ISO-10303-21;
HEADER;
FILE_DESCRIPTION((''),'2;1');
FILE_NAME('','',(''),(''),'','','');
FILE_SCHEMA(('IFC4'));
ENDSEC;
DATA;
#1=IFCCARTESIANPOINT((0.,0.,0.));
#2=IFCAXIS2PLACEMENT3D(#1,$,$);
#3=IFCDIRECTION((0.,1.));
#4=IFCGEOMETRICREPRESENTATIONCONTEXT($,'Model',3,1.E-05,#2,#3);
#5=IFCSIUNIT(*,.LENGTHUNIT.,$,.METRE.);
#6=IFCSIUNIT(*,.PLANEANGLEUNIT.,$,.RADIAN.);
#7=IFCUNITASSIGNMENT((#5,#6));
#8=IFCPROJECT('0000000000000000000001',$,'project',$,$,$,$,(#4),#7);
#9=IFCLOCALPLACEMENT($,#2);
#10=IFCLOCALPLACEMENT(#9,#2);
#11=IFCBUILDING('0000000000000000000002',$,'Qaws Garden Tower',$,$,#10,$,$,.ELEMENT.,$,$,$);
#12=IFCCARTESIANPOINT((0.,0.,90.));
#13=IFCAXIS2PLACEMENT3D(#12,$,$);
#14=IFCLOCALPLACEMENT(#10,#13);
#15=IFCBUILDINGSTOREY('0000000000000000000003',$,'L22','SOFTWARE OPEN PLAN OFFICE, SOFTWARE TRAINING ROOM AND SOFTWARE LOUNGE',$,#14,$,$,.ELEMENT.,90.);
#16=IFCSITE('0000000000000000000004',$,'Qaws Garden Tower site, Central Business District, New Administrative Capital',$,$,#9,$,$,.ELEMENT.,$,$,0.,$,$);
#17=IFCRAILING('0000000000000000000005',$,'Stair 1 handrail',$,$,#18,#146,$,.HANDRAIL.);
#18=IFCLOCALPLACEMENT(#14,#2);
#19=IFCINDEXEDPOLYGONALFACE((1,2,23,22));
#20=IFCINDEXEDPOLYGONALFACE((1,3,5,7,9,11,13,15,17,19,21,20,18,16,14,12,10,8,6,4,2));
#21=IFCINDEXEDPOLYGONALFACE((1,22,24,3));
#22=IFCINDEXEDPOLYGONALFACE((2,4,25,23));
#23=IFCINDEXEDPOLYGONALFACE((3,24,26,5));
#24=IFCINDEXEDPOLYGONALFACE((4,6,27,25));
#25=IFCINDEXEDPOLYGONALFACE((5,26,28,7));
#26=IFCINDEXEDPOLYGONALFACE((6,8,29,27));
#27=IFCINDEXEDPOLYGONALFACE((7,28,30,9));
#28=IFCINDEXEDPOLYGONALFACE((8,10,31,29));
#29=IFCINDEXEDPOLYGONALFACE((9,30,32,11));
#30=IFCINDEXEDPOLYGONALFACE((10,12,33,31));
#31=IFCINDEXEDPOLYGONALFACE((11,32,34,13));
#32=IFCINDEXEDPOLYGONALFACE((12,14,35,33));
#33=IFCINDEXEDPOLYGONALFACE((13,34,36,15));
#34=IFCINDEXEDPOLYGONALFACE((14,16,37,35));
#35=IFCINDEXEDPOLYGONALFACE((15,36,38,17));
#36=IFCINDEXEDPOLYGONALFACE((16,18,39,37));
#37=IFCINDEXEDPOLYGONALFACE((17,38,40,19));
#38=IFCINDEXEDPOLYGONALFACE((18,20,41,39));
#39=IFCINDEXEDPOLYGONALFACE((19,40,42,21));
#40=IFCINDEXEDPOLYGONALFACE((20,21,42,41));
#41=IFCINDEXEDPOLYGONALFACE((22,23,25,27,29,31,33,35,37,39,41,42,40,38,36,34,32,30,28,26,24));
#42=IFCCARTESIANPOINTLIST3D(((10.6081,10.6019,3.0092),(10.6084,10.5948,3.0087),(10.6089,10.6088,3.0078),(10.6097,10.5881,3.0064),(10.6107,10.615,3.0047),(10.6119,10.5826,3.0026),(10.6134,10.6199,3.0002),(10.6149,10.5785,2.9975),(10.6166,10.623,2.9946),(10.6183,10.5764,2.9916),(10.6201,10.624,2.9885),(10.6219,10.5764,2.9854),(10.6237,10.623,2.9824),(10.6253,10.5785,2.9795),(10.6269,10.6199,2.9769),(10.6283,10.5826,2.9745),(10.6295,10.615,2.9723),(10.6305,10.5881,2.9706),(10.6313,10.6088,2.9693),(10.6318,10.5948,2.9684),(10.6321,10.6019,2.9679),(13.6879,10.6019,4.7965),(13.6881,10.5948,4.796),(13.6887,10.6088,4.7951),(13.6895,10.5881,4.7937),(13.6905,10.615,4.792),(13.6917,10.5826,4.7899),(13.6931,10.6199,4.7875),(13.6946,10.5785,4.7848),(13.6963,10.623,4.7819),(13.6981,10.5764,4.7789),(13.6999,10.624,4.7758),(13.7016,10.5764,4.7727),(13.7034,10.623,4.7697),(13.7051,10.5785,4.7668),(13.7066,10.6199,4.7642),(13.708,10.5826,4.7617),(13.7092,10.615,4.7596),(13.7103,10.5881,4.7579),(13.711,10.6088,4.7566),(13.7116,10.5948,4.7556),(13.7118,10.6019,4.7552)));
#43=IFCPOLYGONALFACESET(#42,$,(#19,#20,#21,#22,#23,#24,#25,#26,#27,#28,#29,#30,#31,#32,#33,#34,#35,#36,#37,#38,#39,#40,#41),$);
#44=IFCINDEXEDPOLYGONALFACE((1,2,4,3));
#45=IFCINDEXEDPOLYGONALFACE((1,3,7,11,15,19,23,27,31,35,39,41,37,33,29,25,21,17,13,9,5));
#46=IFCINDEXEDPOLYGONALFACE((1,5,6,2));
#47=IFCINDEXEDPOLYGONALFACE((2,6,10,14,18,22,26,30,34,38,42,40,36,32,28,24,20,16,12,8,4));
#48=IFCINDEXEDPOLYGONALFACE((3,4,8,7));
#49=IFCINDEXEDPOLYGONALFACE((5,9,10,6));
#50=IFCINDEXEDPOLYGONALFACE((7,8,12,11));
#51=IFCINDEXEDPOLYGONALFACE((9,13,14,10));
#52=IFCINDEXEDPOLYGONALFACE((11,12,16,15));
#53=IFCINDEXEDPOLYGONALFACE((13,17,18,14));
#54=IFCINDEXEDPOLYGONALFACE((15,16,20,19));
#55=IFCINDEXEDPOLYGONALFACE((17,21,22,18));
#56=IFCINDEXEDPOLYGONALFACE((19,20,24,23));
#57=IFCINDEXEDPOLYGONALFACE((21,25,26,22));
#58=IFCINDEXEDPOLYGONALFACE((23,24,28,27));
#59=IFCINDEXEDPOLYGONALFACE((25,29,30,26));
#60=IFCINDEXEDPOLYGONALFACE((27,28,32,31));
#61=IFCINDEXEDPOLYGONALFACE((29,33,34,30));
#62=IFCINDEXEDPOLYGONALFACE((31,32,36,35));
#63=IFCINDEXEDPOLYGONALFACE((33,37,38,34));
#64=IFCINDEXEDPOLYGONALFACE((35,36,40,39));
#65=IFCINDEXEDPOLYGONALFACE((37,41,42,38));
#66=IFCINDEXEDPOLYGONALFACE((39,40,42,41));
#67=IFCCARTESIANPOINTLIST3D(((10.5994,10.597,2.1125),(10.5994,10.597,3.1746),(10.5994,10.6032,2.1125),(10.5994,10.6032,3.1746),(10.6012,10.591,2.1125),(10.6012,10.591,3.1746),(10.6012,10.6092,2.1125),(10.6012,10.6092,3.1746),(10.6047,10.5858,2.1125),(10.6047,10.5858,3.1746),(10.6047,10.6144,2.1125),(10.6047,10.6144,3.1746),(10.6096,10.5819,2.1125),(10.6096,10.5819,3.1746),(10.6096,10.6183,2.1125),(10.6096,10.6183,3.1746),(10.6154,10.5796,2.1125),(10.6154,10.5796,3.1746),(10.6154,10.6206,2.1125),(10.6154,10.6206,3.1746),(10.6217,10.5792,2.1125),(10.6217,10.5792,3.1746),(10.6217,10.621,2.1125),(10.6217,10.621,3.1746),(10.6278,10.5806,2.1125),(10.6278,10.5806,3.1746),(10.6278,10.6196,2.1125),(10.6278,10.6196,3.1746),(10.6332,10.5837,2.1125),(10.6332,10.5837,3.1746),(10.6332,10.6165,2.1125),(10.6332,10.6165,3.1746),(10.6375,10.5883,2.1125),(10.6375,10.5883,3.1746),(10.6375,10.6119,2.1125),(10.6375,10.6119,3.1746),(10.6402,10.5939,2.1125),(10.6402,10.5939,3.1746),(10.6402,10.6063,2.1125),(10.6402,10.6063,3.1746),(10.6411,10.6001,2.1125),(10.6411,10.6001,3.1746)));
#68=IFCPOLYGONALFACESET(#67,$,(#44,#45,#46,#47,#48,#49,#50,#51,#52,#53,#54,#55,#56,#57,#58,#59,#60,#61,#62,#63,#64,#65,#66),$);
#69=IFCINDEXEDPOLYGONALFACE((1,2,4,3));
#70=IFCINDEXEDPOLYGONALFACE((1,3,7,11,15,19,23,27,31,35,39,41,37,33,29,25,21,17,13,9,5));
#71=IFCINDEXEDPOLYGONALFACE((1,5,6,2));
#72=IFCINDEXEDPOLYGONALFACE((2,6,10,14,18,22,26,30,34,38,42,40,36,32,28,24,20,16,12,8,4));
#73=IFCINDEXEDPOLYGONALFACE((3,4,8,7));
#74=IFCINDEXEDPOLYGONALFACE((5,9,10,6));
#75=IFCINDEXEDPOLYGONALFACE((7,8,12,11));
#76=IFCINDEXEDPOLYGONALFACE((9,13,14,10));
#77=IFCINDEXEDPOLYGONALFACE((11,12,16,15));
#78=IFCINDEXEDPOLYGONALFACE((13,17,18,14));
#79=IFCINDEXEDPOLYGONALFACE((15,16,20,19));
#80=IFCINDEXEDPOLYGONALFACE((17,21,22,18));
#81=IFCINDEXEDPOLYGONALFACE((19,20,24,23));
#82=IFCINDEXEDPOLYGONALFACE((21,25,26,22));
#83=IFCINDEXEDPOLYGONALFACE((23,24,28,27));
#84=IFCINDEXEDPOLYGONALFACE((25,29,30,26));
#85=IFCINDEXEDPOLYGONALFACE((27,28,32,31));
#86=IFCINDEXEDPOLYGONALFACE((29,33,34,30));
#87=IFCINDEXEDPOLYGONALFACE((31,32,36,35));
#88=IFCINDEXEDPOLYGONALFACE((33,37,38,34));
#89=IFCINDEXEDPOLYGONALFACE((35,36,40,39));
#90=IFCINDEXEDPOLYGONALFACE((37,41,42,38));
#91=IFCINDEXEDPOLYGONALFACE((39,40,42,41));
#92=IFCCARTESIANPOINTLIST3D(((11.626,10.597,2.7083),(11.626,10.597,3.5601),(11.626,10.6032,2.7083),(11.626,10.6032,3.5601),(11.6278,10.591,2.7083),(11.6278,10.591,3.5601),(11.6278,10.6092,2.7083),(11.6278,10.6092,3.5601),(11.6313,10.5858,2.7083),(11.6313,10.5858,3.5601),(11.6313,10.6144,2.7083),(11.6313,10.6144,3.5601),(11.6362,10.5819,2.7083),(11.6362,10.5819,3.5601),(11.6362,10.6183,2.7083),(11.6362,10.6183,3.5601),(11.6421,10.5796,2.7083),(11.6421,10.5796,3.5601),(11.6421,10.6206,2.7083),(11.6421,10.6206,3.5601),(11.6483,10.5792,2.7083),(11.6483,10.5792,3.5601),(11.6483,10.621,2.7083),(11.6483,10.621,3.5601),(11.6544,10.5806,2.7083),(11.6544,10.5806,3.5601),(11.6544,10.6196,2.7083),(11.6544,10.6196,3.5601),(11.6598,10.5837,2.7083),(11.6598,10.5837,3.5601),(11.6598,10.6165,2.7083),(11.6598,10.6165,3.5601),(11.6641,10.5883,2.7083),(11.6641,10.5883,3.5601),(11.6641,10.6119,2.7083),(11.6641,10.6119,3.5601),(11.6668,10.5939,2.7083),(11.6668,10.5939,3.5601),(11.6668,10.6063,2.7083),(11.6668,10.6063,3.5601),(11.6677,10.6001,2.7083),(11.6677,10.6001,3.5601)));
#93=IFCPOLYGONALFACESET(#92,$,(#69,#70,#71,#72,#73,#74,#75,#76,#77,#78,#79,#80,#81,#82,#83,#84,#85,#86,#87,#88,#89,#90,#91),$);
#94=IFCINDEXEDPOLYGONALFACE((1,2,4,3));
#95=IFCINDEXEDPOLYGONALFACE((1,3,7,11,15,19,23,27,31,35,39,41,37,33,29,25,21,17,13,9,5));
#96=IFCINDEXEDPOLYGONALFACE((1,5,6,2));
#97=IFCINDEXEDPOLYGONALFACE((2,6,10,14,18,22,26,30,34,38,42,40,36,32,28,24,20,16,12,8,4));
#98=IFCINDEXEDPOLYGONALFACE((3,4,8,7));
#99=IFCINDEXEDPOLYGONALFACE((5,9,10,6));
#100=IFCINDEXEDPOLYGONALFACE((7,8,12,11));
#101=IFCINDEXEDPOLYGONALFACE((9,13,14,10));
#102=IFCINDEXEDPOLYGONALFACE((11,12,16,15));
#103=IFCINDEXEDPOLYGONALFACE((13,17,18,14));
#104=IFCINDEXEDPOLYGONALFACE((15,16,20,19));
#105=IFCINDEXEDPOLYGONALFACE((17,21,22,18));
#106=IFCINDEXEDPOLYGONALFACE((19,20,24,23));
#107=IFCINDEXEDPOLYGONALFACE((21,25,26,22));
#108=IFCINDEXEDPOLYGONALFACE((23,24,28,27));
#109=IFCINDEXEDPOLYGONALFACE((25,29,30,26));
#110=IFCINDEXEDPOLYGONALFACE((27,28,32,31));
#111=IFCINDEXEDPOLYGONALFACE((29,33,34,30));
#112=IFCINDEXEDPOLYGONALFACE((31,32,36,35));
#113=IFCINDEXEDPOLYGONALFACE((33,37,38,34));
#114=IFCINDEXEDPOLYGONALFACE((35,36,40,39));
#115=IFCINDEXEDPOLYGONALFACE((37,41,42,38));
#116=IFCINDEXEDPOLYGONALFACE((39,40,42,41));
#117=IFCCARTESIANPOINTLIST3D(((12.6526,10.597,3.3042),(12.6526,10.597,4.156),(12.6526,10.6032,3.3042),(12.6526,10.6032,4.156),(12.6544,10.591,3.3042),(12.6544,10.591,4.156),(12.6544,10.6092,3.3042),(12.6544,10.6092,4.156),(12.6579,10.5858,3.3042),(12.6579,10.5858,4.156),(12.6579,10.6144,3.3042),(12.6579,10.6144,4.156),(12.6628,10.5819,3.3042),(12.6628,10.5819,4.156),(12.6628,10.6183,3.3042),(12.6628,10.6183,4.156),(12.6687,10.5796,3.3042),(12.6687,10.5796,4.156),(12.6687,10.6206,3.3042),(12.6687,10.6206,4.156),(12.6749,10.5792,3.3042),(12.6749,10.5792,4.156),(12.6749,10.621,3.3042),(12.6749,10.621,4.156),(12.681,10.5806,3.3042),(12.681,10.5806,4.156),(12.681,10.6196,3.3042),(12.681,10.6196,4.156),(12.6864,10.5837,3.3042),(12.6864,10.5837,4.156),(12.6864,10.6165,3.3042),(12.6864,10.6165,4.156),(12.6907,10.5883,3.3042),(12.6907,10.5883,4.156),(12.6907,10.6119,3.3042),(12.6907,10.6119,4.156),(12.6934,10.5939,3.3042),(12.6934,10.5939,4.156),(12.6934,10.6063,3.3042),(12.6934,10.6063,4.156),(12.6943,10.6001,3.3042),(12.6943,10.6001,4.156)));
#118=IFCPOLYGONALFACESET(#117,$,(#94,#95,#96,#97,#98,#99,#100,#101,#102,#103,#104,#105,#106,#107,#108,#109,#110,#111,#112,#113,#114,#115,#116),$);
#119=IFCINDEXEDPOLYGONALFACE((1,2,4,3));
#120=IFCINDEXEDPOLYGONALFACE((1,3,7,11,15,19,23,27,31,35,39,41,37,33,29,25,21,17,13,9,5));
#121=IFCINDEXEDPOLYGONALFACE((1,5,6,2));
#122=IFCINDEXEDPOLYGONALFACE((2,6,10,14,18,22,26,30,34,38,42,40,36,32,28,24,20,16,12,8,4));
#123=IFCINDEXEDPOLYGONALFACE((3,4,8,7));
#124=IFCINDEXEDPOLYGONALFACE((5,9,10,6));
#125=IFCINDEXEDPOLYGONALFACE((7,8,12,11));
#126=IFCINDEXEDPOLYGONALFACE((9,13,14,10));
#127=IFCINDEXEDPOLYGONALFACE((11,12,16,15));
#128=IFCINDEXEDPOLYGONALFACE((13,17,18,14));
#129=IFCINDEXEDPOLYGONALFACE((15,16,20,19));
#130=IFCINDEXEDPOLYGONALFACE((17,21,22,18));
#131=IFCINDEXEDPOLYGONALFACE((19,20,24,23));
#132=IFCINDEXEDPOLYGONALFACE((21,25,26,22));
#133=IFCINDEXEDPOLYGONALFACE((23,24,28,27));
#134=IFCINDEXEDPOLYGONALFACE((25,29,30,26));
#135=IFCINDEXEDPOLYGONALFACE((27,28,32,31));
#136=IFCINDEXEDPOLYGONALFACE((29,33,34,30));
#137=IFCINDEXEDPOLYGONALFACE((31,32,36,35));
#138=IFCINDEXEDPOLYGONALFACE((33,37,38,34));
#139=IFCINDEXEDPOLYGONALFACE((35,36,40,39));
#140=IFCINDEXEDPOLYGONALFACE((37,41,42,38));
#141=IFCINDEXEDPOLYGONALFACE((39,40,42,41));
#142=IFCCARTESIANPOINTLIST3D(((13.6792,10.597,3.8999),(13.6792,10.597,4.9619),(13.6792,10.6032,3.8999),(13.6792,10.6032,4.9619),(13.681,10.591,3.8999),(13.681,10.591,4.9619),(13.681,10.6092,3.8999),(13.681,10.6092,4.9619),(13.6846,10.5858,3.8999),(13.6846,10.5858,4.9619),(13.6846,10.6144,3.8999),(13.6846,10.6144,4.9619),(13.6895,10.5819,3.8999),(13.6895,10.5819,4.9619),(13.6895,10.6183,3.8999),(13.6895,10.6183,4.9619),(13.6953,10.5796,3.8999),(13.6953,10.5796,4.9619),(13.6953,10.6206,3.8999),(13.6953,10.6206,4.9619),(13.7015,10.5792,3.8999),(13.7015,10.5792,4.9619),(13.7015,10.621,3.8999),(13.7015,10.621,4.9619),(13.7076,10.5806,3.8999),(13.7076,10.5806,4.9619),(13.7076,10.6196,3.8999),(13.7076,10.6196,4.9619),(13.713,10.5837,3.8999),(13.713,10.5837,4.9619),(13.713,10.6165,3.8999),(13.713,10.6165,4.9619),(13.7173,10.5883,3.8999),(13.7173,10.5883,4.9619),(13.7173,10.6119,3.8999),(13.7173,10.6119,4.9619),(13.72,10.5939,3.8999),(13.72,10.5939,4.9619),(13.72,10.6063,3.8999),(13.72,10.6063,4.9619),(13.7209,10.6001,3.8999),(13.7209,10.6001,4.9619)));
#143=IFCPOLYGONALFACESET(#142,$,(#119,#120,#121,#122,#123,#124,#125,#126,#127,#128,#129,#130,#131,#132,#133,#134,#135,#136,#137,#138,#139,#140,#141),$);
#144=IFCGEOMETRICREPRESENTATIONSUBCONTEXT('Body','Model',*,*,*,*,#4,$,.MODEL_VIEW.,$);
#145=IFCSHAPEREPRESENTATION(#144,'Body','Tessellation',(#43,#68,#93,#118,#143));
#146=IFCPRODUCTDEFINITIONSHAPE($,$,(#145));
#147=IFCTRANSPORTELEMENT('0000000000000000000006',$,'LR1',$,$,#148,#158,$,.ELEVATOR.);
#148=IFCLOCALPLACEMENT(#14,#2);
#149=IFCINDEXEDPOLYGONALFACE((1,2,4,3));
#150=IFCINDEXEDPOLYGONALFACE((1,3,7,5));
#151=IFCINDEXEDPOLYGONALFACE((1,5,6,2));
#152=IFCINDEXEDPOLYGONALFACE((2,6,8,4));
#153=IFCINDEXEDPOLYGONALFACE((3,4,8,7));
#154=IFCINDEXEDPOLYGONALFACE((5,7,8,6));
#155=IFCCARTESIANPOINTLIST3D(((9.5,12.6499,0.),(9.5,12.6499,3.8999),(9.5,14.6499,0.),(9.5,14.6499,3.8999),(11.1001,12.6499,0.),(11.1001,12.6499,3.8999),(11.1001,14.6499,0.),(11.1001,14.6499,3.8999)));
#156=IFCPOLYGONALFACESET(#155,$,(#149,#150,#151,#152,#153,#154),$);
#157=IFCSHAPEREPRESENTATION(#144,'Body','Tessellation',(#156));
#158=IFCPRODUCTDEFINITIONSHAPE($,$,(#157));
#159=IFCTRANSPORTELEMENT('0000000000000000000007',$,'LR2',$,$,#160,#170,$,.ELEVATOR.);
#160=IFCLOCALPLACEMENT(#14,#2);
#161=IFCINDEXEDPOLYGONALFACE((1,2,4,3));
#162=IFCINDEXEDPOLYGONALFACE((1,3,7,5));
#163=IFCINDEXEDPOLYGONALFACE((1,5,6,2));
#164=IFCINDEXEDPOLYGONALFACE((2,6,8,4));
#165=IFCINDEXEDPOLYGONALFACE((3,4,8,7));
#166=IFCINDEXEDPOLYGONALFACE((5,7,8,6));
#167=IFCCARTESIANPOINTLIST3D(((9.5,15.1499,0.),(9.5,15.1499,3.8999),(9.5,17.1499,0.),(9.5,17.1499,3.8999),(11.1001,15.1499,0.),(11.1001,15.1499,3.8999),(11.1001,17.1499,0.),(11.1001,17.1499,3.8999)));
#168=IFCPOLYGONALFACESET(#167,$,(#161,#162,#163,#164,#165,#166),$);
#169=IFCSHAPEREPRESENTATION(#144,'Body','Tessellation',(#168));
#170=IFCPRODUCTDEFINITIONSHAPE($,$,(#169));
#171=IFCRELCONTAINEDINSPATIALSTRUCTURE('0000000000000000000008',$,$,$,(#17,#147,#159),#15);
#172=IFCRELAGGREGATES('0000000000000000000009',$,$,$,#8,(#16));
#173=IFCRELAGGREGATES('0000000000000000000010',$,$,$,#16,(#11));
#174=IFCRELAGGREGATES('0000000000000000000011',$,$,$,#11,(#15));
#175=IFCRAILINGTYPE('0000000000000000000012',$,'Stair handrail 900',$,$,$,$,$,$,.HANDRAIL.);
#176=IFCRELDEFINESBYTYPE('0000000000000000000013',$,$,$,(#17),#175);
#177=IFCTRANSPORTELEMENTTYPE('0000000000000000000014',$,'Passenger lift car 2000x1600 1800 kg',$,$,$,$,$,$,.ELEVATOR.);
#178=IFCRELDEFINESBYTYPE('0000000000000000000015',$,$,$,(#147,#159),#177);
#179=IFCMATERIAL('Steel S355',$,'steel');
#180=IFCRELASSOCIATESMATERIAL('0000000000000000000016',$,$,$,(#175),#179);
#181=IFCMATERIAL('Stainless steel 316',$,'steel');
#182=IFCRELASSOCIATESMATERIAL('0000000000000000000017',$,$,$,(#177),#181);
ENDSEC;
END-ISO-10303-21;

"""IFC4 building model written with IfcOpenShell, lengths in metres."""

from ifc_helpers import new_model, si_unit, direction, frame, origin, origin_2d, place, context, subcontext, project, spatial, rectangle, circle, extrude, material, type_object, element, save


model = new_model("IFC4")

# Units and contexts
model_context = context("Model", 3, precision=1e-05, world=origin(), true_north=direction((0.0, 1.0)))
body_context = subcontext(model_context, "Body", "Model", "MODEL_VIEW")
ifc_project = project(units=[si_unit("LENGTHUNIT", "METRE"), si_unit("PLANEANGLEUNIT", "RADIAN")], contexts=[model_context])

# Site, building, storey
site_placement = place(None, origin())
site = spatial("IfcSite", under=ifc_project, at=site_placement, Name="Qaws Garden Tower site, Central Business District, New Administrative Capital", CompositionType="ELEMENT", RefElevation=0.0)
building_placement = place(site_placement, origin())
building = spatial("IfcBuilding", under=site, at=building_placement, Name="Qaws Garden Tower", CompositionType="ELEMENT")
storey_placement = place(building_placement, frame((0.0, 0.0, 90.0)))
storey = spatial("IfcBuildingStorey", under=building, at=storey_placement, Name="L22", Description="SOFTWARE OPEN PLAN OFFICE, SOFTWARE TRAINING ROOM AND SOFTWARE LOUNGE", CompositionType="ELEMENT", Elevation=90.0)

# Railing
ifc_material_1 = material(Name="Steel S355", Category="steel")
railing_type = type_object("IfcRailingType", Name="Stair handrail 900", PredefinedType="HANDRAIL", material=ifc_material_1)
railing_placement = place(storey_placement, frame((10.6201, 10.6001, 2.1125)))
element("IfcRailing", 1, at=railing_placement, inside=storey, type_object=railing_type, Name="Stair 1 handrail", PredefinedType="HANDRAIL", context=body_context, shape_type="SweptSolid", body=[
    extrude(circle(Radius=0.0239, at=origin_2d()), frame((0.0, 0.0, 0.876), z_axis=(0.864903, 0.0, 0.501939), x_axis=(0.0, 1.0, 0.0)), (0.0, 0.0, 1.0), 3.5608),
    extrude(circle(Radius=0.021, at=origin_2d()), origin(), (0.0, 0.0, 1.0), 1.062),
    extrude(circle(Radius=0.021, at=origin_2d()), frame((1.0266, 0.0, 0.5957)), (0.0, 0.0, 1.0), 0.8518),
    extrude(circle(Radius=0.021, at=origin_2d()), frame((2.0532, 0.0, 1.1917)), (0.0, 0.0, 1.0), 0.8518),
    extrude(circle(Radius=0.021, at=origin_2d()), frame((3.0798, 0.0, 1.7874)), (0.0, 0.0, 1.0), 1.062),
])

# Transport elements
ifc_material_2 = material(Name="Stainless steel 316", Category="steel")
transport_element_type = type_object("IfcTransportElementType", Name="Passenger lift car 2000x1600 1800 kg", PredefinedType="ELEVATOR", material=ifc_material_2)
for number, where, z_axis, x_axis, name in (
    (2, (10.3, 13.6499, 0.0), (0.0, 0.0, 1.0), (1.0, 0.0, 0.0), "LR1"),
    (3, (10.3, 16.1499, 0.0), (0.0, 0.0, 1.0), (1.0, 0.0, 0.0), "LR2"),
):
    element("IfcTransportElement", number, at=place(storey_placement, frame(where, z_axis=z_axis, x_axis=x_axis)), inside=storey, type_object=transport_element_type, Name=name, PredefinedType="ELEVATOR", context=body_context, shape_type="SweptSolid", body=[
        extrude(rectangle(XDim=1.6001, YDim=2.0, at=origin_2d()), origin(), (0.0, 0.0, 1.0), 3.8999),
    ])

save(model, "model.ifc")
